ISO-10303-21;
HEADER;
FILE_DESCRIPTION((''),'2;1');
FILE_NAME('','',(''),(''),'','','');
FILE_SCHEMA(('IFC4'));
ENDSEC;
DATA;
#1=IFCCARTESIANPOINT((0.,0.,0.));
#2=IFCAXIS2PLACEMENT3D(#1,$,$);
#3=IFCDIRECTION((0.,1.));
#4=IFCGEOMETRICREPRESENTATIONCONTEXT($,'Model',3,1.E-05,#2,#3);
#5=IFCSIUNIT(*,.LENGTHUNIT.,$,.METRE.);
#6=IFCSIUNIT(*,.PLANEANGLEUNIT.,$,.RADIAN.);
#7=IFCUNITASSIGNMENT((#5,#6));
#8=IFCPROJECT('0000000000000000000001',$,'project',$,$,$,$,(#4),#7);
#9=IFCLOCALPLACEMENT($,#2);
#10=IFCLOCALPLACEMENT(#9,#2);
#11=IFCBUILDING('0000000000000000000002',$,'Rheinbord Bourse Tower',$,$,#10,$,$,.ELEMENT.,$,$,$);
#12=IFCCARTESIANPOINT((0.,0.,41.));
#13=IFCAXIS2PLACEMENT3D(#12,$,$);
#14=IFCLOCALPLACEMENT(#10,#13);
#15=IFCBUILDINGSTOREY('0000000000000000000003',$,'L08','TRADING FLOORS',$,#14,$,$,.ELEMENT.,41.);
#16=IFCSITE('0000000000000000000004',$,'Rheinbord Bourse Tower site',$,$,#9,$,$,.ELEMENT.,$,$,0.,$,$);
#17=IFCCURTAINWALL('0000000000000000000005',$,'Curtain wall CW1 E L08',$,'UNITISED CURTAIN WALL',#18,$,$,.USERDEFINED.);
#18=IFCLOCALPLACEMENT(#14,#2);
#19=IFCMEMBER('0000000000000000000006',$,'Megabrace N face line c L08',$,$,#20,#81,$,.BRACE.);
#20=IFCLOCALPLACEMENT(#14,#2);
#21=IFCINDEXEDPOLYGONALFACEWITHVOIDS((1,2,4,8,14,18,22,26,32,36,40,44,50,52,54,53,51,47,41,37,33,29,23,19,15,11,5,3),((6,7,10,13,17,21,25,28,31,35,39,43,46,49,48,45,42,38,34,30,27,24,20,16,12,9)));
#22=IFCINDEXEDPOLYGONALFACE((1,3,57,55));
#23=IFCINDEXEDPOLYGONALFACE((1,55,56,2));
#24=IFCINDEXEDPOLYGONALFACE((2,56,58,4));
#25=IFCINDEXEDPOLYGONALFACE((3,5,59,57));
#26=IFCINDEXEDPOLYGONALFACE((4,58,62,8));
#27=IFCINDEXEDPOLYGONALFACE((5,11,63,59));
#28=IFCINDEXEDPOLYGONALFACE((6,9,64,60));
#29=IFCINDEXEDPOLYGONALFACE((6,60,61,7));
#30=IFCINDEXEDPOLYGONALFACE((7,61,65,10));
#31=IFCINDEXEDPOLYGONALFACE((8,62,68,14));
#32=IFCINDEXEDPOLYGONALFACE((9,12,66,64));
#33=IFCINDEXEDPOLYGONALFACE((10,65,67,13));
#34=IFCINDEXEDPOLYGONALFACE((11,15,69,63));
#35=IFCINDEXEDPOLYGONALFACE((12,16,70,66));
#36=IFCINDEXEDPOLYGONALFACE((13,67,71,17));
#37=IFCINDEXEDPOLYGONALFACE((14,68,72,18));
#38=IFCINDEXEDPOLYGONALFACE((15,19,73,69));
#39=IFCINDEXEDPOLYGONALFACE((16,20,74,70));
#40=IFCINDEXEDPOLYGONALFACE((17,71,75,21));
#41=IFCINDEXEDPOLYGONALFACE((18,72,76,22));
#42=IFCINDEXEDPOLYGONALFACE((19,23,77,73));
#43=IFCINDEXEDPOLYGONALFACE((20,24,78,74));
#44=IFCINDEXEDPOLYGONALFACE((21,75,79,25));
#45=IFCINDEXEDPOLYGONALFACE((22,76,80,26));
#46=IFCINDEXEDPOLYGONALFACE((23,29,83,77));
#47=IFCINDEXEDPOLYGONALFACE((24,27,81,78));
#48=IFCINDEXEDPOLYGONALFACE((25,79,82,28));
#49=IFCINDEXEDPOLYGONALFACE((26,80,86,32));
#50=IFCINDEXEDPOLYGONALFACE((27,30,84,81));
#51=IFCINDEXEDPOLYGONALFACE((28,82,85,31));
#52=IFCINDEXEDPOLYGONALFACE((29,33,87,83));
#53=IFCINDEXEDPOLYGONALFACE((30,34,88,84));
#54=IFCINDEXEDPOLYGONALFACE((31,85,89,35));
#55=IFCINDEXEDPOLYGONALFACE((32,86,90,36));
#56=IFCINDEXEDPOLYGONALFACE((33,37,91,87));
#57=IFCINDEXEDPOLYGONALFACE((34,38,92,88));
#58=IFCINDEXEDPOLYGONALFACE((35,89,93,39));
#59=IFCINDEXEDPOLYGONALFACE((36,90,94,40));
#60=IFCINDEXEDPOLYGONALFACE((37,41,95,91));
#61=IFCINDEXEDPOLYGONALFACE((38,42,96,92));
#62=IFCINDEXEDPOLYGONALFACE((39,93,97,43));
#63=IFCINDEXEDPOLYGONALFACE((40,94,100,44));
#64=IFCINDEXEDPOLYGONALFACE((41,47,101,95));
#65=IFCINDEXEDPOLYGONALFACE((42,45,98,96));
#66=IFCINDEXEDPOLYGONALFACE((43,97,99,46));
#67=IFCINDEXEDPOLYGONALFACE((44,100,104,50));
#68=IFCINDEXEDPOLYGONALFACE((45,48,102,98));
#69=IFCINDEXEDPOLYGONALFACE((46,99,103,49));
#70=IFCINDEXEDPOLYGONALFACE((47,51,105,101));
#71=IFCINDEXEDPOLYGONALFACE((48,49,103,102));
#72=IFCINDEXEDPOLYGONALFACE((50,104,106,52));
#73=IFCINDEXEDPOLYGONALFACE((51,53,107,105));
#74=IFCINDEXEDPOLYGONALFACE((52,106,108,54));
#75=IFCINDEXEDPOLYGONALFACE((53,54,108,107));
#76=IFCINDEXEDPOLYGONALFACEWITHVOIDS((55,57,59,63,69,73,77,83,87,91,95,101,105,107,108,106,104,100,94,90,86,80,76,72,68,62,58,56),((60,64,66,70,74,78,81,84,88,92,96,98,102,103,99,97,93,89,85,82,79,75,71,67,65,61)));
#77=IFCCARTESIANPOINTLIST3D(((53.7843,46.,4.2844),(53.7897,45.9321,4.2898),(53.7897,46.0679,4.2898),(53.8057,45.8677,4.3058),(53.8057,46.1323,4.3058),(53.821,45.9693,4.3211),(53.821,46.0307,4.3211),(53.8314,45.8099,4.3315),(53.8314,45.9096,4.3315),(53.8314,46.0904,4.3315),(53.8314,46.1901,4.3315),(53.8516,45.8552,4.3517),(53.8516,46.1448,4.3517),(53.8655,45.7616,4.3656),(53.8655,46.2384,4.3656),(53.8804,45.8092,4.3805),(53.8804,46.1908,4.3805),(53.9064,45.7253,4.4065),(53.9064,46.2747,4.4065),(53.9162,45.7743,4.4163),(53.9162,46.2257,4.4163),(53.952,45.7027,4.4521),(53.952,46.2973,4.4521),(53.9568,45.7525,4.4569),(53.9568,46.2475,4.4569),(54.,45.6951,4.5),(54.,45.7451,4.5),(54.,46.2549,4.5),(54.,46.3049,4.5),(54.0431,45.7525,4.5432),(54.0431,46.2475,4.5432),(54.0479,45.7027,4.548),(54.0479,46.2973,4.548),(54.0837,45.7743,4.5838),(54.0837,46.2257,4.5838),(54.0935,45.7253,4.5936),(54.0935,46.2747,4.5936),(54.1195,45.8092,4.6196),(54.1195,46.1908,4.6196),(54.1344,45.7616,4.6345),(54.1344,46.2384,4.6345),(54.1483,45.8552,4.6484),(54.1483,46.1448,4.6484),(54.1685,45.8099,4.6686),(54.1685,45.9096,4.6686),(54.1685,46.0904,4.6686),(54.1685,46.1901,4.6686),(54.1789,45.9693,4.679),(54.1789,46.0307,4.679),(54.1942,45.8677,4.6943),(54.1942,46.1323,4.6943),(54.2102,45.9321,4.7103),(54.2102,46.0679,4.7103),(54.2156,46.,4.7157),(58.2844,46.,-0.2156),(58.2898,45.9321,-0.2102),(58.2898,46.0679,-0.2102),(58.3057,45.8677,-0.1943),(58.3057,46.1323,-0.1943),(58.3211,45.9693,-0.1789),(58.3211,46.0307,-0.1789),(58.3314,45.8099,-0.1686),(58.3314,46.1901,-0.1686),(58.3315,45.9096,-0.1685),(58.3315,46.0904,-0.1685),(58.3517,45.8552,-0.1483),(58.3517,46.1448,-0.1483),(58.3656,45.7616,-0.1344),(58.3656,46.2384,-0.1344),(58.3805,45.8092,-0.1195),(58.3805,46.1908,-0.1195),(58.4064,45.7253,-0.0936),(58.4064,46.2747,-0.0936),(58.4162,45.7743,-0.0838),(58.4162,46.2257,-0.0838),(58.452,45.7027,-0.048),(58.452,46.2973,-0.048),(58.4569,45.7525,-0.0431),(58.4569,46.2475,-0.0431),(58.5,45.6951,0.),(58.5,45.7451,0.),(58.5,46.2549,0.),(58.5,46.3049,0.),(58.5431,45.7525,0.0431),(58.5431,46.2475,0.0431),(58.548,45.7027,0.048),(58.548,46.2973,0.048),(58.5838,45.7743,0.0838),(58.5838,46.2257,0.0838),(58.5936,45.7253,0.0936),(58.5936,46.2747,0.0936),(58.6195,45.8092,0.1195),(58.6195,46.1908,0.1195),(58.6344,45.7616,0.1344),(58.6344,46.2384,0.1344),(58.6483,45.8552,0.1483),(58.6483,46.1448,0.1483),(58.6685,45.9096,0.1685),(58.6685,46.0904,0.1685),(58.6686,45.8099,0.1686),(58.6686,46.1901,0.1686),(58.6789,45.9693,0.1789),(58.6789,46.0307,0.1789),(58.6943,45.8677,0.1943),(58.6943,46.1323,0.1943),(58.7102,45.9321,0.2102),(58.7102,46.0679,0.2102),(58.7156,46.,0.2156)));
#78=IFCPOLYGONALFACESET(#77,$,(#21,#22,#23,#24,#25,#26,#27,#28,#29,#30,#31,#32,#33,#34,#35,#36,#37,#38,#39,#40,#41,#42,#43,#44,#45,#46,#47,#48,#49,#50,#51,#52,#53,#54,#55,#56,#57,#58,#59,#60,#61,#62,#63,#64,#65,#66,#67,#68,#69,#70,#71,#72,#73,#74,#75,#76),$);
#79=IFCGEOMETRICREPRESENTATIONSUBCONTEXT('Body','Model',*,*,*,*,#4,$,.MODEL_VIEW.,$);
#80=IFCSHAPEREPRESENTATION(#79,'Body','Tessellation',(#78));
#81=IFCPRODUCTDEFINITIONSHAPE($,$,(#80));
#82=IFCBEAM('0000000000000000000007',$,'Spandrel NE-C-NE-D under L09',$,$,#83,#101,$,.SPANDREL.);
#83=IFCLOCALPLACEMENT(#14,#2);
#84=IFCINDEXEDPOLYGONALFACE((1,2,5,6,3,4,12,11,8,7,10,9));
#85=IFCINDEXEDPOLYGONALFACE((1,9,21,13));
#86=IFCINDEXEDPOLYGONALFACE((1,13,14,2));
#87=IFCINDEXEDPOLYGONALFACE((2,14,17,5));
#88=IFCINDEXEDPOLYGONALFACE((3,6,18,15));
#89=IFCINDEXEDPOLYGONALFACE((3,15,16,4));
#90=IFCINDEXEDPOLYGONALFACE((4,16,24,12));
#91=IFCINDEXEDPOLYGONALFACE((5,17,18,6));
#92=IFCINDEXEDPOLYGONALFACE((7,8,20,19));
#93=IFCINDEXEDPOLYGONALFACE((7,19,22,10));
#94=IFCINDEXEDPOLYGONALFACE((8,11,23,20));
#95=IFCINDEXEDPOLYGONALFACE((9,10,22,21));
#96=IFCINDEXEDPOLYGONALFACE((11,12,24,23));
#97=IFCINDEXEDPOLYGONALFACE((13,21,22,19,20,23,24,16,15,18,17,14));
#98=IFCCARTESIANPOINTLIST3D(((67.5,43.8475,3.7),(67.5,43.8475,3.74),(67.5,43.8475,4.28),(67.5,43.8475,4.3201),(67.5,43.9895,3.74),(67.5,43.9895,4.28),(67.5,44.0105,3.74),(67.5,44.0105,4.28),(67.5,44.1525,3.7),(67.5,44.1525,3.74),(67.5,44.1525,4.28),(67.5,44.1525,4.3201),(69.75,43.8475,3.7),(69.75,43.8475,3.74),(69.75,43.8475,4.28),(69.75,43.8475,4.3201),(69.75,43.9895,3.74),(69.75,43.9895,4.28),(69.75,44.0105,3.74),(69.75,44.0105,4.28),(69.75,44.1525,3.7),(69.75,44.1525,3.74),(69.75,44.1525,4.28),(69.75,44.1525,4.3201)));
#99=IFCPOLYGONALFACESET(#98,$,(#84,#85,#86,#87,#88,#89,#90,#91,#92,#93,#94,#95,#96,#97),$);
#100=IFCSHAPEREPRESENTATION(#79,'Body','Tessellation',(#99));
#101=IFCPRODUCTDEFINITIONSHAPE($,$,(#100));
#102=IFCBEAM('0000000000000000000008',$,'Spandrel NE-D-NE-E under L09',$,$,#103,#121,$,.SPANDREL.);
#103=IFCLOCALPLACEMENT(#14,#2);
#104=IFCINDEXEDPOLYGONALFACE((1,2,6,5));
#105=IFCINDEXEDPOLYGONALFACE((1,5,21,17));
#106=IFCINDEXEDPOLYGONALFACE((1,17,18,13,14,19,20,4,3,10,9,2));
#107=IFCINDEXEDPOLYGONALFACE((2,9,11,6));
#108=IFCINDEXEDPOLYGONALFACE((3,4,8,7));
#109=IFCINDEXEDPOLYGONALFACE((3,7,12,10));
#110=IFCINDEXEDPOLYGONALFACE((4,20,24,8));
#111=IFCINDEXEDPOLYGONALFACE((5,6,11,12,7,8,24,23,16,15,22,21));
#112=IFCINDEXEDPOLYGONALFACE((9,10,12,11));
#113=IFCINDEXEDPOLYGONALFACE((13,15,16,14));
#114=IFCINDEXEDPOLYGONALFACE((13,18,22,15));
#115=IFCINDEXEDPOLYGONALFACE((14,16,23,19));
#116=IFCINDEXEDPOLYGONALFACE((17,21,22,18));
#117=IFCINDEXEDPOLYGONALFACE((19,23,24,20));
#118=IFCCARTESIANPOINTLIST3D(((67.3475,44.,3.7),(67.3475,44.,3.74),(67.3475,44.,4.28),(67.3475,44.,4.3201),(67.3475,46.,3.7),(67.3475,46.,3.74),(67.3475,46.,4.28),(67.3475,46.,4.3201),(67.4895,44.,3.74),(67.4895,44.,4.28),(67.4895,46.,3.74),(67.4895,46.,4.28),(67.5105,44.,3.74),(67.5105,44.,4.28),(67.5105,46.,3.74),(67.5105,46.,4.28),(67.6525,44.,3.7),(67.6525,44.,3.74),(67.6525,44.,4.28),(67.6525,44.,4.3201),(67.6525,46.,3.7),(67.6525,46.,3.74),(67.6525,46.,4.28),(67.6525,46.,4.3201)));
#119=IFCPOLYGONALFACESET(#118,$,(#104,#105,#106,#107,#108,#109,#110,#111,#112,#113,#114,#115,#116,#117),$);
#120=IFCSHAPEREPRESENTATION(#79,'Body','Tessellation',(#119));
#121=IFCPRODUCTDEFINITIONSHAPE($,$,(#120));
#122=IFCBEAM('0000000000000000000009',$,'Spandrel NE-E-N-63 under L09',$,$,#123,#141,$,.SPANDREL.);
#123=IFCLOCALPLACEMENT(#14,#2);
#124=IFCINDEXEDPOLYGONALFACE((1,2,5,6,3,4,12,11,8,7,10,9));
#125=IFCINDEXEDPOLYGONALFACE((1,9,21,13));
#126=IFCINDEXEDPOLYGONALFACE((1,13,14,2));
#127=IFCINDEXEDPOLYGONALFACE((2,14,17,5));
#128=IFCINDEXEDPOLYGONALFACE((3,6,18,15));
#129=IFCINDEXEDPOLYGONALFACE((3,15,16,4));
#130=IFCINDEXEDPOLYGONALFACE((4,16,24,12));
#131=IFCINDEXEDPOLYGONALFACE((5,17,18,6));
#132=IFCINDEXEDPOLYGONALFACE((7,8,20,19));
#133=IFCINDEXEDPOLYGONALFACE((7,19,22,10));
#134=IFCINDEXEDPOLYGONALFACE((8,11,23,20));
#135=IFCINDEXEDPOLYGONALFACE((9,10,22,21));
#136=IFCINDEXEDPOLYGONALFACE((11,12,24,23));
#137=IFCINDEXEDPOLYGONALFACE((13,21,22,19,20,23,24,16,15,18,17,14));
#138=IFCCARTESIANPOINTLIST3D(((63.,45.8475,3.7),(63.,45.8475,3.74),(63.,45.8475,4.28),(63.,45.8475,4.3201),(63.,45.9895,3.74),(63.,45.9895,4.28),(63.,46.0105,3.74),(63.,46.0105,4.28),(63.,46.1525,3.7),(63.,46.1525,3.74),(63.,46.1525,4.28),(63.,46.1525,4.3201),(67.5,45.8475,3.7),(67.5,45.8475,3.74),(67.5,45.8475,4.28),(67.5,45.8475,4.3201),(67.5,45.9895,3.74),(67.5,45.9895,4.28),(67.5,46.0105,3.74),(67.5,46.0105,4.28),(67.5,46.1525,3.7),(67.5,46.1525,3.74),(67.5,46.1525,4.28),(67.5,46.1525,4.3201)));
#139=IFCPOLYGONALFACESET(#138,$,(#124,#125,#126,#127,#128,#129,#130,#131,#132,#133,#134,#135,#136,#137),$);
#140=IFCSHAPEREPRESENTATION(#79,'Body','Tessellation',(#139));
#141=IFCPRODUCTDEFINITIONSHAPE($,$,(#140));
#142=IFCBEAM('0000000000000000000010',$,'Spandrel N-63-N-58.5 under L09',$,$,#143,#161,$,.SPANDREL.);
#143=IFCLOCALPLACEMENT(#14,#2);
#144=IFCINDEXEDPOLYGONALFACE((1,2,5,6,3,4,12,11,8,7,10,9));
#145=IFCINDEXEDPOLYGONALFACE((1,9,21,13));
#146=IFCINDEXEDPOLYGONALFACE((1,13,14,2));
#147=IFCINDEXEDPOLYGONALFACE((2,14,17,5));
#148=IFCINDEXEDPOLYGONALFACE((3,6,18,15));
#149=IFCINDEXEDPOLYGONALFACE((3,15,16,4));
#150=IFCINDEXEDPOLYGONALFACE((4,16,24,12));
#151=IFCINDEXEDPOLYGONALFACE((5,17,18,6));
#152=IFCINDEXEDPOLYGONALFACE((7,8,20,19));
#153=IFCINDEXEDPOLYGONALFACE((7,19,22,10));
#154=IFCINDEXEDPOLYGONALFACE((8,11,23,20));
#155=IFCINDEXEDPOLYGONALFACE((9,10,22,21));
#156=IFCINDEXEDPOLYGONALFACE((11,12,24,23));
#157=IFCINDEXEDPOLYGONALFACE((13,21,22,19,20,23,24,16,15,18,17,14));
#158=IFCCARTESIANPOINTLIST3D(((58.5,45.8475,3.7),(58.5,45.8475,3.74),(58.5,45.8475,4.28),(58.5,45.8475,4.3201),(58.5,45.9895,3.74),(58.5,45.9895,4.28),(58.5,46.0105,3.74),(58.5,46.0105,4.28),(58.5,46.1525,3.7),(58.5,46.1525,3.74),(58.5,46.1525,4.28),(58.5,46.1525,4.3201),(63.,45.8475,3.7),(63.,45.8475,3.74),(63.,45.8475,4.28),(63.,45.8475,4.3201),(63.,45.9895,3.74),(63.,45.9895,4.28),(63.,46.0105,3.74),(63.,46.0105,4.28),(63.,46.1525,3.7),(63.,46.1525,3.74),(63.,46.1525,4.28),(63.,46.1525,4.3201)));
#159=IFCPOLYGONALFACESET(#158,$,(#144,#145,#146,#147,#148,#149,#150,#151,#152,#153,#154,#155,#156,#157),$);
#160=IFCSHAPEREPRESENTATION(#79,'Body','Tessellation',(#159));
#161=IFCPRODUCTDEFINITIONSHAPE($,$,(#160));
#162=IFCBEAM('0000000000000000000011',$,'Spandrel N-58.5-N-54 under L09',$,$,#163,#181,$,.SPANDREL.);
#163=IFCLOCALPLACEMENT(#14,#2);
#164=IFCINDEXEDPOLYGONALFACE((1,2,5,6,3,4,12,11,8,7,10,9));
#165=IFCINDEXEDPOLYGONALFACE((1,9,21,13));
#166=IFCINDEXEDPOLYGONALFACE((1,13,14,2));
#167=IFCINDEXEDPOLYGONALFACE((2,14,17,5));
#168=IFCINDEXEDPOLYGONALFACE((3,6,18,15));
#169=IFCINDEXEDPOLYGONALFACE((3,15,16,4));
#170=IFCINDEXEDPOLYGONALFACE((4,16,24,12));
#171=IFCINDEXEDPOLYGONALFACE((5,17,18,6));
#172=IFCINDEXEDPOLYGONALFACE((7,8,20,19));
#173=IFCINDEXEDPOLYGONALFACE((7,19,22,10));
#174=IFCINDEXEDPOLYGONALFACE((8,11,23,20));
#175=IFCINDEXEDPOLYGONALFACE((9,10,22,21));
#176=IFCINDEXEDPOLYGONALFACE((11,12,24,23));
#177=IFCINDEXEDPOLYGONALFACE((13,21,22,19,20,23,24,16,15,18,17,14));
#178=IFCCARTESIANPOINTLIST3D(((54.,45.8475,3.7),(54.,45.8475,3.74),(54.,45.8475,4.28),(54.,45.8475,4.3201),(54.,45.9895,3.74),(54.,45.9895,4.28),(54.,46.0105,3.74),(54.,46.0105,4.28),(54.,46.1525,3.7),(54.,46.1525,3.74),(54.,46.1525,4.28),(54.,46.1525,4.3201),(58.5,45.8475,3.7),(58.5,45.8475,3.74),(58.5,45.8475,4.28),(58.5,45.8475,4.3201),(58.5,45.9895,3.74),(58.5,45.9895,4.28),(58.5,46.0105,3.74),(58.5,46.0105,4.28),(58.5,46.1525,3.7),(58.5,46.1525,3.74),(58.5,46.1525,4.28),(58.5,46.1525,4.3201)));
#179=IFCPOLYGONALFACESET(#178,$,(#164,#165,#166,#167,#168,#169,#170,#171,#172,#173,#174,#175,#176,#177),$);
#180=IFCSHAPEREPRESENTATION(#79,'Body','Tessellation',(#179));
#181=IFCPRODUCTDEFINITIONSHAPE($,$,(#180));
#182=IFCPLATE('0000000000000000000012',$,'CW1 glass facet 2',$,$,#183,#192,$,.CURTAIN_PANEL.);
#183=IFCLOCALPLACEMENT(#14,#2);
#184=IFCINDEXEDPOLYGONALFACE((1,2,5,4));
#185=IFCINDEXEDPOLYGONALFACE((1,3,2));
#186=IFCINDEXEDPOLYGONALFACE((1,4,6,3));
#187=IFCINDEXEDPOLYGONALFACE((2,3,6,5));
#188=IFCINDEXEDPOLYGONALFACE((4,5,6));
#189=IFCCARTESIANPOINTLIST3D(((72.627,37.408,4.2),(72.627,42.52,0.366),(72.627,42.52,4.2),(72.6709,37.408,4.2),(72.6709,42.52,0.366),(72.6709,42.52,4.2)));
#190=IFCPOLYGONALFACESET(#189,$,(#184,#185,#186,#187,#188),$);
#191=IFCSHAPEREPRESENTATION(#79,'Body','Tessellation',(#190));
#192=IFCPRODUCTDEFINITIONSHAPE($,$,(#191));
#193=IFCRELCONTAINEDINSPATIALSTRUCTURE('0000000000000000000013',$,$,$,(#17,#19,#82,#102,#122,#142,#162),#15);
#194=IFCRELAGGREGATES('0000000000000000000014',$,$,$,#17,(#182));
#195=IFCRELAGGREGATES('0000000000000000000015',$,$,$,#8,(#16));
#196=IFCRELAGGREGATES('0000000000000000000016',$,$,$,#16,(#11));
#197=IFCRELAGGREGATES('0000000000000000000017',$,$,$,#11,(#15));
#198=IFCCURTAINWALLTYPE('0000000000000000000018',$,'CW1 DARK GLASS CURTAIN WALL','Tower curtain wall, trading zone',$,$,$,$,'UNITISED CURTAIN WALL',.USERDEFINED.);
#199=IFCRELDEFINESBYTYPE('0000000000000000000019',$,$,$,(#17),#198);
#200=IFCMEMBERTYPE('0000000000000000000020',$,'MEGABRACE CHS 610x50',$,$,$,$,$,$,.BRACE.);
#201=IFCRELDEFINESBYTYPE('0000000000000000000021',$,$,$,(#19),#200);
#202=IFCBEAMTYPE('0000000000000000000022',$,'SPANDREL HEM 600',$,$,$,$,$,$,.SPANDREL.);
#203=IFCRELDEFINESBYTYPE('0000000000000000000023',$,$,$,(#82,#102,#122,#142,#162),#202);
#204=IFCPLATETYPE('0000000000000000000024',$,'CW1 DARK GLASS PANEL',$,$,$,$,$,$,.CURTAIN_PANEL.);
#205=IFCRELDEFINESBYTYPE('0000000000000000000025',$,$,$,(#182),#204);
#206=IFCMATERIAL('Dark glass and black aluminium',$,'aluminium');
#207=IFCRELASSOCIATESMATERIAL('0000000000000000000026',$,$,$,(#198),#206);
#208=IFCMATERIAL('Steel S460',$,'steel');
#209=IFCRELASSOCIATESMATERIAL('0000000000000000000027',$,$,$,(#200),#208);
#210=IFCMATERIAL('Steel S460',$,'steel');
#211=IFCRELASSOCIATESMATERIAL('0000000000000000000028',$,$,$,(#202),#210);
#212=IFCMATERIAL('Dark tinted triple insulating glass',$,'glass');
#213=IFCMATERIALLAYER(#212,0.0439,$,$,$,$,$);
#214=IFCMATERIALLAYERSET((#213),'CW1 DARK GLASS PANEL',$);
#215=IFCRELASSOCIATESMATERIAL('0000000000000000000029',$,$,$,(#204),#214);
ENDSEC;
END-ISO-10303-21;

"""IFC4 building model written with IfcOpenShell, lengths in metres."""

from ifc_helpers import new_model, si_unit, direction, frame, origin, origin_2d, place, context, subcontext, project, spatial, polyline, hollow_circle, i_section, outline, extrude, material, layer, layer_set, material_profile, profile_set, type_object, element, aggregate, save


model = new_model("IFC4")

# Units and contexts
model_context = context("Model", 3, precision=1e-05, world=origin(), true_north=direction((0.0, 1.0)))
body_context = subcontext(model_context, "Body", "Model", "MODEL_VIEW")
ifc_project = project(units=[si_unit("LENGTHUNIT", "METRE"), si_unit("PLANEANGLEUNIT", "RADIAN")], contexts=[model_context])

# Site, building, storey
site_placement = place(None, origin())
site = spatial("IfcSite", under=ifc_project, at=site_placement, Name="Rheinbord Bourse Tower site", CompositionType="ELEMENT", RefElevation=0.0)
building_placement = place(site_placement, origin())
building = spatial("IfcBuilding", under=site, at=building_placement, Name="Rheinbord Bourse Tower", CompositionType="ELEMENT")
storey_placement = place(building_placement, frame((0.0, 0.0, 41.0)))
storey = spatial("IfcBuildingStorey", under=building, at=storey_placement, Name="L08", Description="TRADING FLOORS", CompositionType="ELEMENT", Elevation=41.0)

# Curtain wall
ifc_material_1 = material(Name="Dark glass and black aluminium", Category="aluminium")
curtain_wall_type = type_object("IfcCurtainWallType", Name="CW1 DARK GLASS CURTAIN WALL", Description="Tower curtain wall, trading zone", ElementType="UNITISED CURTAIN WALL", PredefinedType="USERDEFINED", material=ifc_material_1)
curtain_wall_1_placement = place(storey_placement, origin())
curtain_wall_1 = element("IfcCurtainWall", 1, at=curtain_wall_1_placement, inside=storey, type_object=curtain_wall_type, Name="Curtain wall CW1 E L08", ObjectType="UNITISED CURTAIN WALL", PredefinedType="USERDEFINED")

# Member
ifc_material_2 = material(Name="Steel S460", Category="steel")
ifc_material_profile_1 = material_profile(ifc_material_2, hollow_circle(Radius=0.3049, WallThickness=0.05, at=origin_2d()), Name="CHS 610x50")
ifc_profile_set_1 = profile_set([ifc_material_profile_1], Name="Steel S460")
member_type_1 = type_object("IfcMemberType", Name="MEGABRACE CHS 610x50", PredefinedType="BRACE", material=ifc_profile_set_1)
member_1_placement = place(storey_placement, frame((58.5, 46.0, 0.0), z_axis=(-0.707107, 0.0, 0.707107), x_axis=(0.0, -1.0, 0.0)))
element("IfcMember", 2, at=member_1_placement, inside=storey, type_object=member_type_1, Name="Megabrace N face line c L08", PredefinedType="BRACE", context=body_context, shape_type="SweptSolid", body=[
    extrude(hollow_circle(Radius=0.3049, WallThickness=0.05, at=origin_2d()), origin(), (0.0, 0.0, 1.0), 6.364),
])

# Beams
ifc_material_3 = material(Name="Steel S460", Category="steel")
ifc_material_profile_2 = material_profile(ifc_material_3, i_section(OverallWidth=0.3049, OverallDepth=0.6201, WebThickness=0.021, FlangeThickness=0.04, at=origin_2d()), Name="HEM 600")
ifc_profile_set_2 = profile_set([ifc_material_profile_2], Name="Steel S460")
beam_type_1 = type_object("IfcBeamType", Name="SPANDREL HEM 600", PredefinedType="SPANDREL", material=ifc_profile_set_2)
beam_1_placement = place(storey_placement, frame((69.75, 44.0, 4.01), z_axis=(-1.0, 0.0, 0.0), x_axis=(0.0, -1.0, 0.0)))
element("IfcBeam", 3, at=beam_1_placement, inside=storey, type_object=beam_type_1, Name="Spandrel NE-C-NE-D under L09", PredefinedType="SPANDREL", context=body_context, shape_type="SweptSolid", body=[
    extrude(i_section(OverallWidth=0.3049, OverallDepth=0.6201, WebThickness=0.021, FlangeThickness=0.04, at=origin_2d()), origin(), (0.0, 0.0, 1.0), 2.25),
])
beam_2_placement = place(storey_placement, frame((67.5, 44.0, 4.01), z_axis=(0.0, 1.0, 0.0), x_axis=(-1.0, 0.0, 0.0)))
element("IfcBeam", 4, at=beam_2_placement, inside=storey, type_object=beam_type_1, Name="Spandrel NE-D-NE-E under L09", PredefinedType="SPANDREL", context=body_context, shape_type="SweptSolid", body=[
    extrude(i_section(OverallWidth=0.3049, OverallDepth=0.6201, WebThickness=0.021, FlangeThickness=0.04, at=origin_2d()), origin(), (0.0, 0.0, 1.0), 2.0),
])
for number, where, z_axis, x_axis, name in (
    (5, (67.5, 46.0, 4.01), (-1.0, 0.0, 0.0), (0.0, -1.0, 0.0), "Spandrel NE-E-N-63 under L09"),
    (6, (63.0, 46.0, 4.01), (-1.0, 0.0, 0.0), (0.0, -1.0, 0.0), "Spandrel N-63-N-58.5 under L09"),
    (7, (58.5, 46.0, 4.01), (-1.0, 0.0, 0.0), (0.0, -1.0, 0.0), "Spandrel N-58.5-N-54 under L09"),
):
    element("IfcBeam", number, at=place(storey_placement, frame(where, z_axis=z_axis, x_axis=x_axis)), inside=storey, type_object=beam_type_1, Name=name, PredefinedType="SPANDREL", context=body_context, shape_type="SweptSolid", body=[
        extrude(i_section(OverallWidth=0.3049, OverallDepth=0.6201, WebThickness=0.021, FlangeThickness=0.04, at=origin_2d()), origin(), (0.0, 0.0, 1.0), 4.5),
    ])

# Plate
ifc_material_4 = material(Name="Dark tinted triple insulating glass", Category="glass")
ifc_layer_1 = layer(ifc_material_4, 0.0439)
ifc_layer_set_1 = layer_set([ifc_layer_1], Name="CW1 DARK GLASS PANEL")
plate_type = type_object("IfcPlateType", Name="CW1 DARK GLASS PANEL", PredefinedType="CURTAIN_PANEL", material=ifc_layer_set_1)
plate_1_placement = place(storey_placement, frame((72.6709, 42.52, 4.2), z_axis=(-1.0, 0.0, 0.0), x_axis=(0.0, 0.0, -1.0)))
plate_1 = element("IfcPlate", 8, at=plate_1_placement, type_object=plate_type, Name="CW1 glass facet 2", PredefinedType="CURTAIN_PANEL", context=body_context, shape_type="SweptSolid", body=[
    extrude(outline(polyline([(0.0, 0.0), (3.834, 0.0), (0.0, 5.1121), (0.0, 0.0)])), origin(), (0.0, 0.0, 1.0), 0.0439),
])
aggregate(curtain_wall_1, [plate_1])

save(model, "model.ifc")
